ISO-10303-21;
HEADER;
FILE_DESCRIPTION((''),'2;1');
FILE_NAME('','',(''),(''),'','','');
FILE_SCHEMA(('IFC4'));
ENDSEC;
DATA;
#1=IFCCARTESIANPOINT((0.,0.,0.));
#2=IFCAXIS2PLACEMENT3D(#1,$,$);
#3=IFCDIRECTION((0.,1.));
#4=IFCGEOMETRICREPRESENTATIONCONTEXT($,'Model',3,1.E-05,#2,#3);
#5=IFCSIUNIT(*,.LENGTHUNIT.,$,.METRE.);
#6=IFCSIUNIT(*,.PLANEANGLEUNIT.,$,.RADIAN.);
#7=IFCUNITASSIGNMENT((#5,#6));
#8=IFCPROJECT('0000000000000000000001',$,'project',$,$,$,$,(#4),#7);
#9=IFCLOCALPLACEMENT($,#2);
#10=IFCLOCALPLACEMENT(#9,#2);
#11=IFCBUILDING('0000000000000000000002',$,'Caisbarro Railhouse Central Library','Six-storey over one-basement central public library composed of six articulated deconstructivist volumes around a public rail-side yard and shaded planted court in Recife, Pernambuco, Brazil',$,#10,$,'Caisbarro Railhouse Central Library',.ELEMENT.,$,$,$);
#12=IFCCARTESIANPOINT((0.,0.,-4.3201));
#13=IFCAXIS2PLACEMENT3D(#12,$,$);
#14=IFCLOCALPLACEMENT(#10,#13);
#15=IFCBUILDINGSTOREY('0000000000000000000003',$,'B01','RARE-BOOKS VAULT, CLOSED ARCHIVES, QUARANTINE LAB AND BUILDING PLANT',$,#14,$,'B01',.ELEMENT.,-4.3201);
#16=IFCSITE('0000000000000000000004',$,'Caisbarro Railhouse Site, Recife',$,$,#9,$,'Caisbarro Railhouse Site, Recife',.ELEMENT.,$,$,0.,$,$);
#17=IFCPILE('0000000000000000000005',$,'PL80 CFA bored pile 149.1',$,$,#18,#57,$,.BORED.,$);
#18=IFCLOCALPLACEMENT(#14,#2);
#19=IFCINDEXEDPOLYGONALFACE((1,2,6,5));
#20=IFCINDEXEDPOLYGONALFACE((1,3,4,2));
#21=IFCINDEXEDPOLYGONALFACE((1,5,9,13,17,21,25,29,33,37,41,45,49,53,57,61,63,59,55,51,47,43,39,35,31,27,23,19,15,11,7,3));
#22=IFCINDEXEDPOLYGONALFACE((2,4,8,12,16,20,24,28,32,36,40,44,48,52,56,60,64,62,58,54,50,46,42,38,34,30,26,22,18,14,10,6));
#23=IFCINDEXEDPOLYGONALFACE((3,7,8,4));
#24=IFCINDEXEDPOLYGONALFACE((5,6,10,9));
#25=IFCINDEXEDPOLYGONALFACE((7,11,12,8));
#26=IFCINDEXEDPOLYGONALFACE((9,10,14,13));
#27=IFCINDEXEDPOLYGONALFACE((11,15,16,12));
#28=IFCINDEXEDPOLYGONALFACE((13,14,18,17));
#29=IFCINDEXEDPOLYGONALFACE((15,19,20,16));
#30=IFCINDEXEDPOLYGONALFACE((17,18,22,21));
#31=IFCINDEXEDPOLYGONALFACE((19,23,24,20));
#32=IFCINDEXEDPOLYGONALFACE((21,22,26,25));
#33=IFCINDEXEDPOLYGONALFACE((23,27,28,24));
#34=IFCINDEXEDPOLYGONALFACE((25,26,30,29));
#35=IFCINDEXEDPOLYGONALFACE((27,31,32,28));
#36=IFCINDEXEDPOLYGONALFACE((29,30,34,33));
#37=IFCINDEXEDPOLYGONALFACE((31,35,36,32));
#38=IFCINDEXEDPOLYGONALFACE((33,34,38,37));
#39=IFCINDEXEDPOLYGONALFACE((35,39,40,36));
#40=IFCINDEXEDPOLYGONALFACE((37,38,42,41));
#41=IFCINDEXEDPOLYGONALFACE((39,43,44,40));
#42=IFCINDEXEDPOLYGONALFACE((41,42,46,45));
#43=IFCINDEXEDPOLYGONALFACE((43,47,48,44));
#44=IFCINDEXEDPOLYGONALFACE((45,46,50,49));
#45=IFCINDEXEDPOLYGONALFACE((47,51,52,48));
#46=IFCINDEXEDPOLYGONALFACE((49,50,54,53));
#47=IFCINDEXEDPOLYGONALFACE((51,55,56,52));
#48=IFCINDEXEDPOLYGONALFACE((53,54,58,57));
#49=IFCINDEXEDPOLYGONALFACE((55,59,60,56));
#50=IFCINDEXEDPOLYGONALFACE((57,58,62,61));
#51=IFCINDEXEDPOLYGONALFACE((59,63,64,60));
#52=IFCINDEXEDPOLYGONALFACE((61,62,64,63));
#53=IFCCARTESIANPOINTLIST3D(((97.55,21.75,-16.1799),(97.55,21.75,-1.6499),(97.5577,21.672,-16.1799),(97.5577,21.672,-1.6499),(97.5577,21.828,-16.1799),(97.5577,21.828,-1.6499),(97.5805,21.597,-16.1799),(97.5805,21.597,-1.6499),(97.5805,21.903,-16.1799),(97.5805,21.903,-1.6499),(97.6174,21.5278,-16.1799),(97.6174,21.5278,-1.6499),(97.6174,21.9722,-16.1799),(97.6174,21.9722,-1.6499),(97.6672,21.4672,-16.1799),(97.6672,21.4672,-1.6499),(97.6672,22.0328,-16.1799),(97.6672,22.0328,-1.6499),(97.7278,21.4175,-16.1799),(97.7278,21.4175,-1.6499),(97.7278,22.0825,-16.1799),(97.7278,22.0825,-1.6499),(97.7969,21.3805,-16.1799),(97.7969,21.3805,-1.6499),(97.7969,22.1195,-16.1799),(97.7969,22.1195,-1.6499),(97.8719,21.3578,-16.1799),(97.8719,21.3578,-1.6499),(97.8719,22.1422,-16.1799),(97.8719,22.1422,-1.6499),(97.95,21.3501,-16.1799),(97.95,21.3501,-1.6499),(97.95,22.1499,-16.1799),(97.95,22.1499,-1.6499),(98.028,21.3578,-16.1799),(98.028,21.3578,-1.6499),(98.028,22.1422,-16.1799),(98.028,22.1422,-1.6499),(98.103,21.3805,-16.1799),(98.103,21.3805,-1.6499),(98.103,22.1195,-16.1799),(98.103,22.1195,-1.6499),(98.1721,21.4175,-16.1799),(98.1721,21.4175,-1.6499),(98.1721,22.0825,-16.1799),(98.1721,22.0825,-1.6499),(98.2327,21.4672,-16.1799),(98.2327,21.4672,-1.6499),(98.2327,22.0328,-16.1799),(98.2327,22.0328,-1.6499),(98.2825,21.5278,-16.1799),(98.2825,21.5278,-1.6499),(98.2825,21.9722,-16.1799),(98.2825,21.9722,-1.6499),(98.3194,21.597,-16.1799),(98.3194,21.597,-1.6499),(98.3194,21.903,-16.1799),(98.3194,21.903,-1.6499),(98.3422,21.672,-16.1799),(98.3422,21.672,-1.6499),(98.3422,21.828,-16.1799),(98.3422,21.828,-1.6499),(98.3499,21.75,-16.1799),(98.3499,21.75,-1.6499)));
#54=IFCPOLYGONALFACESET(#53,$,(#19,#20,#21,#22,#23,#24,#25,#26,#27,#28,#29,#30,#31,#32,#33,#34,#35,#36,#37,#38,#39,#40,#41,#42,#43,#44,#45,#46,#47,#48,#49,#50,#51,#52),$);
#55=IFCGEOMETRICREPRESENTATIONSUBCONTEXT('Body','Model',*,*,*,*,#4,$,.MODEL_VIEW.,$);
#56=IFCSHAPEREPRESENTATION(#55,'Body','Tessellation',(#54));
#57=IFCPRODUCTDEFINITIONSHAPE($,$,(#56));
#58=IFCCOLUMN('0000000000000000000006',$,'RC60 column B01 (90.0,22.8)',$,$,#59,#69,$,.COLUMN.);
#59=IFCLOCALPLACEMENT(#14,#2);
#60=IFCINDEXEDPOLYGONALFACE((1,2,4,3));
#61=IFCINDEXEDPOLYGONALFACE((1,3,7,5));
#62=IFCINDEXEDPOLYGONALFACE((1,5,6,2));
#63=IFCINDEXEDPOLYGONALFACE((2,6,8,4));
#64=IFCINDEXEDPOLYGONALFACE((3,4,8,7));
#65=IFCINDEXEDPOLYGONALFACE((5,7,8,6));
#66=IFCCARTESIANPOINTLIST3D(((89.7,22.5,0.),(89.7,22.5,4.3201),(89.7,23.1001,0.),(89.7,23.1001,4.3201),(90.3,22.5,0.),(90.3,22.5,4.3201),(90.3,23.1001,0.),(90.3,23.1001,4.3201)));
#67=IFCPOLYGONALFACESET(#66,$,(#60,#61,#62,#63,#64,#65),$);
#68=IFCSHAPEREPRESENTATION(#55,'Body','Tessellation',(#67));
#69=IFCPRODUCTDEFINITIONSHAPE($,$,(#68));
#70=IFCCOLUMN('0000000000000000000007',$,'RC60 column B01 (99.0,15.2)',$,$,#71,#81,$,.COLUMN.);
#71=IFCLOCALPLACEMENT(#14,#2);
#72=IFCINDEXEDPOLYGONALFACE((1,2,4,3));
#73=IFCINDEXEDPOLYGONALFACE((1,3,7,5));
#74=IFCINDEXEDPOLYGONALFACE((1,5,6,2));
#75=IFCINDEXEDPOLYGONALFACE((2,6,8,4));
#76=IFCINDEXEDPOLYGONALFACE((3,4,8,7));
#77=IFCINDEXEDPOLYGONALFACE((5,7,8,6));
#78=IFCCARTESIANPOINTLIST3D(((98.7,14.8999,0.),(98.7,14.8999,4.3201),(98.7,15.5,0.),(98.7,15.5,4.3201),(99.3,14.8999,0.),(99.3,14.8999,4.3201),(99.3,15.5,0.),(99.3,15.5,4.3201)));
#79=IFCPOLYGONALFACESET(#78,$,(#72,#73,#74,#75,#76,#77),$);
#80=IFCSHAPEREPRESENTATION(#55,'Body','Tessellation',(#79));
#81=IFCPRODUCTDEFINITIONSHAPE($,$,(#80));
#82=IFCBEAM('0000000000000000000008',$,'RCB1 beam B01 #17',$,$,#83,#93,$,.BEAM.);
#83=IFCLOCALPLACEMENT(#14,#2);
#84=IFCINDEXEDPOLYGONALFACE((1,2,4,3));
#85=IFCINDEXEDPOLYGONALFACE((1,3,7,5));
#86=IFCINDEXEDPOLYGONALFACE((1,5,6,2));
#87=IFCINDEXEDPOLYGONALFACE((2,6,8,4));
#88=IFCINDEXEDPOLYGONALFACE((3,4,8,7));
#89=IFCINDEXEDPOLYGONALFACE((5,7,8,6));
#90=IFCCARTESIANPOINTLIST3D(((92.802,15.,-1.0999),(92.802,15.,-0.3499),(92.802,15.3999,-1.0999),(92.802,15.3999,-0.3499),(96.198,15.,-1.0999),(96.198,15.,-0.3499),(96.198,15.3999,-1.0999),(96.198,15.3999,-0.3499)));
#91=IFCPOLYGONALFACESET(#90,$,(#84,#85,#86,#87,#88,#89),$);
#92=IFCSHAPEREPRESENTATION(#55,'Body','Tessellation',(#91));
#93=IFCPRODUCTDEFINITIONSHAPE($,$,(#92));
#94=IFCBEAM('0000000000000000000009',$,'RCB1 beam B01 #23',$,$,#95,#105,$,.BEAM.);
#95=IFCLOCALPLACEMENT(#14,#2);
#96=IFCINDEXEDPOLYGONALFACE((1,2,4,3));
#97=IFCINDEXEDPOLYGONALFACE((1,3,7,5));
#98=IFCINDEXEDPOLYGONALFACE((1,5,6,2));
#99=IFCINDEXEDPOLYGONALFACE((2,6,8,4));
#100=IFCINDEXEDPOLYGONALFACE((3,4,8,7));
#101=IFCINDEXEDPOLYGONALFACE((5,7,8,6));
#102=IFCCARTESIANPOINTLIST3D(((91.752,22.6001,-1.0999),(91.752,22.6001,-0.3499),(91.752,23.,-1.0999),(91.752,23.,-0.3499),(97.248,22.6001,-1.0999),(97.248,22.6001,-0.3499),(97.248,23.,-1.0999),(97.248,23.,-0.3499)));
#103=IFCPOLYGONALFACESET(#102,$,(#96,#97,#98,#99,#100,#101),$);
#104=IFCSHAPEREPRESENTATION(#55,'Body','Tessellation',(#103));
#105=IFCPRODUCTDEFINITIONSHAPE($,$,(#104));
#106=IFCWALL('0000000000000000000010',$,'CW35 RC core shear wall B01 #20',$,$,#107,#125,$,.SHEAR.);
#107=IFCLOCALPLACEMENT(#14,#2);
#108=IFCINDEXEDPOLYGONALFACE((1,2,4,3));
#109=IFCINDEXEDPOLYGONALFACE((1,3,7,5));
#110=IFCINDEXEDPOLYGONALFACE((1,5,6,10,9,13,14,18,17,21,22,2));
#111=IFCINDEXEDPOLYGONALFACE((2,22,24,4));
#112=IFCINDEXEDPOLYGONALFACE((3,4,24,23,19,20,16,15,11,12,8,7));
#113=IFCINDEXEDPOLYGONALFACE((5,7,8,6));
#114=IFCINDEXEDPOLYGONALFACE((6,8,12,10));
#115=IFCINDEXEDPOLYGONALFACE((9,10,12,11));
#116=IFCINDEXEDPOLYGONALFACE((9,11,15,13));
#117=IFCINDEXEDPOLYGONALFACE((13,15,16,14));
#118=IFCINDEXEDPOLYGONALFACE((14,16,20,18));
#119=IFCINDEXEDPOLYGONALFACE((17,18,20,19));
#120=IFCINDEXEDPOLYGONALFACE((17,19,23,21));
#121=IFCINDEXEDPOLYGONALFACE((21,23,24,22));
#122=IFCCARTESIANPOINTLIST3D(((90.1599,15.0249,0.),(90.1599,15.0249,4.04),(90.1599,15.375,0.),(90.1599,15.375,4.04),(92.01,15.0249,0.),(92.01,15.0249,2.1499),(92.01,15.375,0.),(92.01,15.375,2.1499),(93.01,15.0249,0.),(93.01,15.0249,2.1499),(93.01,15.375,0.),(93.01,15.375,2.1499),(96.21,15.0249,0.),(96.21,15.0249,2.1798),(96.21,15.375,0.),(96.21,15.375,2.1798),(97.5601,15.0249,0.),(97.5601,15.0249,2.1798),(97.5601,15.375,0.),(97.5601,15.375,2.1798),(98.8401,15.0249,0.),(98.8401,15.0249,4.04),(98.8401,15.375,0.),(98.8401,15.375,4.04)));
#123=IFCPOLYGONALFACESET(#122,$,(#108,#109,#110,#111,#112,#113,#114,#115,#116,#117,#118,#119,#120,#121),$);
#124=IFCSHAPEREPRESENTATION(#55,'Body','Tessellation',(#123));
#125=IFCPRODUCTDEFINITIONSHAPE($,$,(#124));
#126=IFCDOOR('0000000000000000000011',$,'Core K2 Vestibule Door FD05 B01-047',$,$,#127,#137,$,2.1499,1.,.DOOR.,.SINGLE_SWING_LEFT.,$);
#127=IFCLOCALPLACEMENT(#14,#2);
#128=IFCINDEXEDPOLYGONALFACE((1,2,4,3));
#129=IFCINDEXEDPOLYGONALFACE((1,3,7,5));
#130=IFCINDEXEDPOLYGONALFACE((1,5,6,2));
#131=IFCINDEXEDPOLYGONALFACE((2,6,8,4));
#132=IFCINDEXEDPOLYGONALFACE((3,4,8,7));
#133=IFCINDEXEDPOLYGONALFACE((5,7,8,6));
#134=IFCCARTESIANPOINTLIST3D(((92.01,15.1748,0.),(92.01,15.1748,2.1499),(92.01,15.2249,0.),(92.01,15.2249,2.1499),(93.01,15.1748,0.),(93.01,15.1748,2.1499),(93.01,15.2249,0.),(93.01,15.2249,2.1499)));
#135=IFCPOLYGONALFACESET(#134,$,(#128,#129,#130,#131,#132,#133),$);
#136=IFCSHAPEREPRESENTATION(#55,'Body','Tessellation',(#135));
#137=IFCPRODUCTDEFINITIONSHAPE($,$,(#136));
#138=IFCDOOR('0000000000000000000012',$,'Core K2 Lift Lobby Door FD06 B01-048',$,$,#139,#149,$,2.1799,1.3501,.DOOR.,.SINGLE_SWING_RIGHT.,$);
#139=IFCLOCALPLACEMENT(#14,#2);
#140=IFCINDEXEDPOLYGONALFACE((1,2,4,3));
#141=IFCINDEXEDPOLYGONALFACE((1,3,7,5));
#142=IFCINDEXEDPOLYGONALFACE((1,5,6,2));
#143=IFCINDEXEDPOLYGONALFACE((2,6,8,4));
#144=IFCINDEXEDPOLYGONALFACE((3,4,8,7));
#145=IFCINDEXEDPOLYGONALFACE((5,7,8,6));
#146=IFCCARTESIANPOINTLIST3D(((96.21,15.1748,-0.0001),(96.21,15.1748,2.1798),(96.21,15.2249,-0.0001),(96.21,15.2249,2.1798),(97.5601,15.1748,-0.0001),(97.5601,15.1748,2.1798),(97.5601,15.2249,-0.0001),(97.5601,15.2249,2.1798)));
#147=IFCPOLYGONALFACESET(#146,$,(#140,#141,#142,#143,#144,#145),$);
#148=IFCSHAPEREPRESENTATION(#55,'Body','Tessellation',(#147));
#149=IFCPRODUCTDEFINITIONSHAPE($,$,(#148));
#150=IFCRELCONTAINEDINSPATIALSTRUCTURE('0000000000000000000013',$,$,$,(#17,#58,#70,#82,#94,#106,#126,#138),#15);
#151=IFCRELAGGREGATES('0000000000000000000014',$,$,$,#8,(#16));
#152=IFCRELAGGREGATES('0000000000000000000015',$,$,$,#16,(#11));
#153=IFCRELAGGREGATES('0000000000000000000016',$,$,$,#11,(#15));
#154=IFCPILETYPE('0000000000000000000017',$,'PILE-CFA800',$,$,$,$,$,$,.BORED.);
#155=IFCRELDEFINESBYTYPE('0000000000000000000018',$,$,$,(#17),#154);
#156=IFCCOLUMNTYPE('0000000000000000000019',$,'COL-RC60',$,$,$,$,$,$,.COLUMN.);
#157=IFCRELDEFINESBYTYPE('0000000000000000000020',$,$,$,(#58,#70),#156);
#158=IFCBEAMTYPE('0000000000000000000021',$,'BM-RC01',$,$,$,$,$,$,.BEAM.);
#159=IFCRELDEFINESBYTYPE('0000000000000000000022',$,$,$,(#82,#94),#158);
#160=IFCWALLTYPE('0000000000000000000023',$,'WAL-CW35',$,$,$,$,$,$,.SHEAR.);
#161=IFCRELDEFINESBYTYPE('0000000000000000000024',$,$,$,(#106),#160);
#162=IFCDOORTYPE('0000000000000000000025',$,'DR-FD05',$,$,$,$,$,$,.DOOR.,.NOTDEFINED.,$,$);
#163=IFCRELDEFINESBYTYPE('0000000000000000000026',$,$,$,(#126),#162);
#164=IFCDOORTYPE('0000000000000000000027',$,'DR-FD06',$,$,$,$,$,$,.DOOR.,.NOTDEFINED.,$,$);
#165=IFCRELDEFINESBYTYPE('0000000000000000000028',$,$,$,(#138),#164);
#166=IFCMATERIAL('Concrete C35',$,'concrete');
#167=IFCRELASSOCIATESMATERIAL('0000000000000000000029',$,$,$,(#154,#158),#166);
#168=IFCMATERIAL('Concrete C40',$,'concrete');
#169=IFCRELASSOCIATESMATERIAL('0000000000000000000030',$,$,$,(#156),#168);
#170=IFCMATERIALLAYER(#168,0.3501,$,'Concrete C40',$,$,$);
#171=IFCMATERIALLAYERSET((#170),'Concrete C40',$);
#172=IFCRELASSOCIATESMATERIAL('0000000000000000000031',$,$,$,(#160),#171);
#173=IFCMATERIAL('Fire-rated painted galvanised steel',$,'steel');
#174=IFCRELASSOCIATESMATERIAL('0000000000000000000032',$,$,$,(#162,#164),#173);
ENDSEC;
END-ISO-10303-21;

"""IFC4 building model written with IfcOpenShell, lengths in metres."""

from ifc_helpers import new_model, si_unit, direction, frame, frame_2d, origin, origin_2d, place, context, subcontext, project, spatial, rectangle, circle, extrude, material, layer, layer_set, material_profile, profile_set, type_object, element, fill, save


model = new_model("IFC4")

# Units and contexts
model_context = context("Model", 3, precision=1e-05, world=origin(), true_north=direction((0.0, 1.0)))
body_context = subcontext(model_context, "Body", "Model", "MODEL_VIEW")
ifc_project = project(units=[si_unit("LENGTHUNIT", "METRE"), si_unit("PLANEANGLEUNIT", "RADIAN")], contexts=[model_context])

# Site, building, storey
site_placement = place(None, origin())
site = spatial("IfcSite", under=ifc_project, at=site_placement, Name="Caisbarro Railhouse Site, Recife", LongName="Caisbarro Railhouse Site, Recife", CompositionType="ELEMENT", RefElevation=0.0)
building_placement = place(site_placement, origin())
building = spatial("IfcBuilding", under=site, at=building_placement, Name="Caisbarro Railhouse Central Library", Description="Six-storey over one-basement central public library composed of six articulated deconstructivist volumes around a public rail-side yard and shaded planted court in Recife, Pernambuco, Brazil", LongName="Caisbarro Railhouse Central Library", CompositionType="ELEMENT")
storey_placement = place(building_placement, frame((0.0, 0.0, -4.3201)))
storey = spatial("IfcBuildingStorey", under=building, at=storey_placement, Name="B01", Description="RARE-BOOKS VAULT, CLOSED ARCHIVES, QUARANTINE LAB AND BUILDING PLANT", LongName="B01", CompositionType="ELEMENT", Elevation=-4.3201)

# Shared definitions
ifc_material_1 = material(Name="Concrete C40", Category="concrete")

# Pile
ifc_material_2 = material(Name="Concrete C35", Category="concrete")
ifc_material_profile_1 = material_profile(ifc_material_2, circle(Radius=0.3999, at=origin_2d()), Name="PILE-CFA-800")
ifc_profile_set_1 = profile_set([ifc_material_profile_1], Name="Concrete C35")
pile_type = type_object("IfcPileType", Name="PILE-CFA800", PredefinedType="BORED", material=ifc_profile_set_1)
pile_1_placement = place(storey_placement, frame((97.95, 21.75, -1.6499), z_axis=(0.0, 0.0, -1.0), x_axis=(1.0, 0.0, 0.0)))
element("IfcPile", 1, at=pile_1_placement, inside=storey, type_object=pile_type, Name="PL80 CFA bored pile 149.1", PredefinedType="BORED", context=body_context, shape_type="SweptSolid", body=[
    extrude(circle(Radius=0.3999, at=origin_2d()), origin(), (0.0, 0.0, 1.0), 14.53),
])

# Columns
ifc_material_profile_2 = material_profile(ifc_material_1, rectangle(XDim=0.6001, YDim=0.6001, at=origin_2d()), Name="RC-COL-600X600")
ifc_profile_set_2 = profile_set([ifc_material_profile_2], Name="Concrete C40")
column_type = type_object("IfcColumnType", Name="COL-RC60", PredefinedType="COLUMN", material=ifc_profile_set_2)
for number, where, z_axis, x_axis, name in (
    (2, (90.0, 22.8, 0.0), (0.0, 0.0, 1.0), (1.0, 0.0, 0.0), "RC60 column B01 (90.0,22.8)"),
    (3, (99.0, 15.2, 0.0), (0.0, 0.0, 1.0), (1.0, 0.0, 0.0), "RC60 column B01 (99.0,15.2)"),
):
    element("IfcColumn", number, at=place(storey_placement, frame(where, z_axis=z_axis, x_axis=x_axis)), inside=storey, type_object=column_type, Name=name, PredefinedType="COLUMN", context=body_context, shape_type="SweptSolid", body=[
        extrude(rectangle(XDim=0.6001, YDim=0.6001, at=origin_2d()), origin(), (0.0, 0.0, 1.0), 4.3201),
    ])

# Beams
ifc_material_profile_3 = material_profile(ifc_material_2, rectangle(XDim=0.3999, YDim=0.75, at=origin_2d()), Name="RC-BM-400X750")
ifc_profile_set_3 = profile_set([ifc_material_profile_3], Name="Concrete C35")
beam_type = type_object("IfcBeamType", Name="BM-RC01", PredefinedType="BEAM", material=ifc_profile_set_3)
beam_1_placement = place(storey_placement, frame((92.802, 15.2, -0.7249), z_axis=(1.0, 0.0, 0.0), x_axis=(0.0, 1.0, 0.0)))
element("IfcBeam", 4, at=beam_1_placement, inside=storey, type_object=beam_type, Name="RCB1 beam B01 #17", PredefinedType="BEAM", context=body_context, shape_type="SweptSolid", body=[
    extrude(rectangle(XDim=0.3999, YDim=0.75, at=origin_2d()), origin(), (0.0, 0.0, 1.0), 3.396),
])
beam_2_placement = place(storey_placement, frame((91.752, 22.8, -0.7249), z_axis=(1.0, 0.0, 0.0), x_axis=(0.0, 1.0, 0.0)))
element("IfcBeam", 5, at=beam_2_placement, inside=storey, type_object=beam_type, Name="RCB1 beam B01 #23", PredefinedType="BEAM", context=body_context, shape_type="SweptSolid", body=[
    extrude(rectangle(XDim=0.3999, YDim=0.75, at=origin_2d()), origin(), (0.0, 0.0, 1.0), 5.4961),
])

# Wall, openings, doors
ifc_layer_1 = layer(ifc_material_1, 0.3501, Name="Concrete C40")
ifc_layer_set_1 = layer_set([ifc_layer_1], Name="Concrete C40")
wall_type_1 = type_object("IfcWallType", Name="WAL-CW35", PredefinedType="SHEAR", material=ifc_layer_set_1)
wall_1_placement = place(storey_placement, frame((90.1599, 15.2, 0.0), z_axis=(0.0, 0.0, 1.0), x_axis=(1.0, 0.0, 0.0)))
wall_1 = element("IfcWall", 6, at=wall_1_placement, inside=storey, type_object=wall_type_1, Name="CW35 RC core shear wall B01 #20", PredefinedType="SHEAR", context=body_context, shape_type="SweptSolid", body=[
    extrude(rectangle(XDim=8.6802, YDim=0.3501, at=frame_2d((4.3401, 0.0))), origin(), (0.0, 0.0, 1.0), 4.04),
])
opening_1_placement = place(wall_1_placement, frame((1.8501, 0.0, 0.0)))
opening_1 = element("IfcOpeningElement", 7, at=opening_1_placement, cuts=wall_1, PredefinedType="OPENING", context=body_context, shape_type="SweptSolid", body=[
    extrude(rectangle(XDim=1.0, YDim=2.1499, at=frame_2d((0.5, 1.075))), frame((0.0, 0.1851, 0.0), z_axis=(0.0, -1.0, 0.0), x_axis=(1.0, 0.0, 0.0)), (0.0, 0.0, 1.0), 0.3701),
])
opening_2_placement = place(wall_1_placement, frame((6.05, 0.0, 0.0)))
opening_2 = element("IfcOpeningElement", 8, at=opening_2_placement, cuts=wall_1, PredefinedType="OPENING", context=body_context, shape_type="SweptSolid", body=[
    extrude(rectangle(XDim=1.3501, YDim=2.1799, at=frame_2d((0.675, 1.0898))), frame((0.0, 0.1851, 0.0), z_axis=(0.0, -1.0, 0.0), x_axis=(1.0, 0.0, 0.0)), (0.0, 0.0, 1.0), 0.3701),
])
ifc_material_3 = material(Name="Fire-rated painted galvanised steel", Category="steel")
door_type_1 = type_object("IfcDoorType", Name="DR-FD05", OperationType="NOTDEFINED", PredefinedType="DOOR", material=ifc_material_3)
door_1_placement = place(opening_1_placement, origin())
door_1 = element("IfcDoor", 9, at=door_1_placement, inside=storey, type_object=door_type_1, Name="Core K2 Vestibule Door FD05 B01-047", OperationType="SINGLE_SWING_LEFT", OverallHeight=2.1499, OverallWidth=1.0, PredefinedType="DOOR", context=body_context, shape_type="SweptSolid", body=[
    extrude(rectangle(XDim=1.0, YDim=2.1499, at=frame_2d((0.5, 1.075))), frame((0.0, 0.0249, 0.0), z_axis=(0.0, -1.0, 0.0), x_axis=(1.0, 0.0, 0.0)), (0.0, 0.0, 1.0), 0.05),
])
fill(opening_1, door_1)
door_type_2 = type_object("IfcDoorType", Name="DR-FD06", OperationType="NOTDEFINED", PredefinedType="DOOR", material=ifc_material_3)
door_2_placement = place(opening_2_placement, origin())
door_2 = element("IfcDoor", 10, at=door_2_placement, inside=storey, type_object=door_type_2, Name="Core K2 Lift Lobby Door FD06 B01-048", OperationType="SINGLE_SWING_RIGHT", OverallHeight=2.1799, OverallWidth=1.3501, PredefinedType="DOOR", context=body_context, shape_type="SweptSolid", body=[
    extrude(rectangle(XDim=1.3501, YDim=2.1799, at=frame_2d((0.675, 1.0898))), frame((0.0, 0.0249, 0.0), z_axis=(0.0, -1.0, 0.0), x_axis=(1.0, 0.0, 0.0)), (0.0, 0.0, 1.0), 0.05),
])
fill(opening_2, door_2)

save(model, "model.ifc")
